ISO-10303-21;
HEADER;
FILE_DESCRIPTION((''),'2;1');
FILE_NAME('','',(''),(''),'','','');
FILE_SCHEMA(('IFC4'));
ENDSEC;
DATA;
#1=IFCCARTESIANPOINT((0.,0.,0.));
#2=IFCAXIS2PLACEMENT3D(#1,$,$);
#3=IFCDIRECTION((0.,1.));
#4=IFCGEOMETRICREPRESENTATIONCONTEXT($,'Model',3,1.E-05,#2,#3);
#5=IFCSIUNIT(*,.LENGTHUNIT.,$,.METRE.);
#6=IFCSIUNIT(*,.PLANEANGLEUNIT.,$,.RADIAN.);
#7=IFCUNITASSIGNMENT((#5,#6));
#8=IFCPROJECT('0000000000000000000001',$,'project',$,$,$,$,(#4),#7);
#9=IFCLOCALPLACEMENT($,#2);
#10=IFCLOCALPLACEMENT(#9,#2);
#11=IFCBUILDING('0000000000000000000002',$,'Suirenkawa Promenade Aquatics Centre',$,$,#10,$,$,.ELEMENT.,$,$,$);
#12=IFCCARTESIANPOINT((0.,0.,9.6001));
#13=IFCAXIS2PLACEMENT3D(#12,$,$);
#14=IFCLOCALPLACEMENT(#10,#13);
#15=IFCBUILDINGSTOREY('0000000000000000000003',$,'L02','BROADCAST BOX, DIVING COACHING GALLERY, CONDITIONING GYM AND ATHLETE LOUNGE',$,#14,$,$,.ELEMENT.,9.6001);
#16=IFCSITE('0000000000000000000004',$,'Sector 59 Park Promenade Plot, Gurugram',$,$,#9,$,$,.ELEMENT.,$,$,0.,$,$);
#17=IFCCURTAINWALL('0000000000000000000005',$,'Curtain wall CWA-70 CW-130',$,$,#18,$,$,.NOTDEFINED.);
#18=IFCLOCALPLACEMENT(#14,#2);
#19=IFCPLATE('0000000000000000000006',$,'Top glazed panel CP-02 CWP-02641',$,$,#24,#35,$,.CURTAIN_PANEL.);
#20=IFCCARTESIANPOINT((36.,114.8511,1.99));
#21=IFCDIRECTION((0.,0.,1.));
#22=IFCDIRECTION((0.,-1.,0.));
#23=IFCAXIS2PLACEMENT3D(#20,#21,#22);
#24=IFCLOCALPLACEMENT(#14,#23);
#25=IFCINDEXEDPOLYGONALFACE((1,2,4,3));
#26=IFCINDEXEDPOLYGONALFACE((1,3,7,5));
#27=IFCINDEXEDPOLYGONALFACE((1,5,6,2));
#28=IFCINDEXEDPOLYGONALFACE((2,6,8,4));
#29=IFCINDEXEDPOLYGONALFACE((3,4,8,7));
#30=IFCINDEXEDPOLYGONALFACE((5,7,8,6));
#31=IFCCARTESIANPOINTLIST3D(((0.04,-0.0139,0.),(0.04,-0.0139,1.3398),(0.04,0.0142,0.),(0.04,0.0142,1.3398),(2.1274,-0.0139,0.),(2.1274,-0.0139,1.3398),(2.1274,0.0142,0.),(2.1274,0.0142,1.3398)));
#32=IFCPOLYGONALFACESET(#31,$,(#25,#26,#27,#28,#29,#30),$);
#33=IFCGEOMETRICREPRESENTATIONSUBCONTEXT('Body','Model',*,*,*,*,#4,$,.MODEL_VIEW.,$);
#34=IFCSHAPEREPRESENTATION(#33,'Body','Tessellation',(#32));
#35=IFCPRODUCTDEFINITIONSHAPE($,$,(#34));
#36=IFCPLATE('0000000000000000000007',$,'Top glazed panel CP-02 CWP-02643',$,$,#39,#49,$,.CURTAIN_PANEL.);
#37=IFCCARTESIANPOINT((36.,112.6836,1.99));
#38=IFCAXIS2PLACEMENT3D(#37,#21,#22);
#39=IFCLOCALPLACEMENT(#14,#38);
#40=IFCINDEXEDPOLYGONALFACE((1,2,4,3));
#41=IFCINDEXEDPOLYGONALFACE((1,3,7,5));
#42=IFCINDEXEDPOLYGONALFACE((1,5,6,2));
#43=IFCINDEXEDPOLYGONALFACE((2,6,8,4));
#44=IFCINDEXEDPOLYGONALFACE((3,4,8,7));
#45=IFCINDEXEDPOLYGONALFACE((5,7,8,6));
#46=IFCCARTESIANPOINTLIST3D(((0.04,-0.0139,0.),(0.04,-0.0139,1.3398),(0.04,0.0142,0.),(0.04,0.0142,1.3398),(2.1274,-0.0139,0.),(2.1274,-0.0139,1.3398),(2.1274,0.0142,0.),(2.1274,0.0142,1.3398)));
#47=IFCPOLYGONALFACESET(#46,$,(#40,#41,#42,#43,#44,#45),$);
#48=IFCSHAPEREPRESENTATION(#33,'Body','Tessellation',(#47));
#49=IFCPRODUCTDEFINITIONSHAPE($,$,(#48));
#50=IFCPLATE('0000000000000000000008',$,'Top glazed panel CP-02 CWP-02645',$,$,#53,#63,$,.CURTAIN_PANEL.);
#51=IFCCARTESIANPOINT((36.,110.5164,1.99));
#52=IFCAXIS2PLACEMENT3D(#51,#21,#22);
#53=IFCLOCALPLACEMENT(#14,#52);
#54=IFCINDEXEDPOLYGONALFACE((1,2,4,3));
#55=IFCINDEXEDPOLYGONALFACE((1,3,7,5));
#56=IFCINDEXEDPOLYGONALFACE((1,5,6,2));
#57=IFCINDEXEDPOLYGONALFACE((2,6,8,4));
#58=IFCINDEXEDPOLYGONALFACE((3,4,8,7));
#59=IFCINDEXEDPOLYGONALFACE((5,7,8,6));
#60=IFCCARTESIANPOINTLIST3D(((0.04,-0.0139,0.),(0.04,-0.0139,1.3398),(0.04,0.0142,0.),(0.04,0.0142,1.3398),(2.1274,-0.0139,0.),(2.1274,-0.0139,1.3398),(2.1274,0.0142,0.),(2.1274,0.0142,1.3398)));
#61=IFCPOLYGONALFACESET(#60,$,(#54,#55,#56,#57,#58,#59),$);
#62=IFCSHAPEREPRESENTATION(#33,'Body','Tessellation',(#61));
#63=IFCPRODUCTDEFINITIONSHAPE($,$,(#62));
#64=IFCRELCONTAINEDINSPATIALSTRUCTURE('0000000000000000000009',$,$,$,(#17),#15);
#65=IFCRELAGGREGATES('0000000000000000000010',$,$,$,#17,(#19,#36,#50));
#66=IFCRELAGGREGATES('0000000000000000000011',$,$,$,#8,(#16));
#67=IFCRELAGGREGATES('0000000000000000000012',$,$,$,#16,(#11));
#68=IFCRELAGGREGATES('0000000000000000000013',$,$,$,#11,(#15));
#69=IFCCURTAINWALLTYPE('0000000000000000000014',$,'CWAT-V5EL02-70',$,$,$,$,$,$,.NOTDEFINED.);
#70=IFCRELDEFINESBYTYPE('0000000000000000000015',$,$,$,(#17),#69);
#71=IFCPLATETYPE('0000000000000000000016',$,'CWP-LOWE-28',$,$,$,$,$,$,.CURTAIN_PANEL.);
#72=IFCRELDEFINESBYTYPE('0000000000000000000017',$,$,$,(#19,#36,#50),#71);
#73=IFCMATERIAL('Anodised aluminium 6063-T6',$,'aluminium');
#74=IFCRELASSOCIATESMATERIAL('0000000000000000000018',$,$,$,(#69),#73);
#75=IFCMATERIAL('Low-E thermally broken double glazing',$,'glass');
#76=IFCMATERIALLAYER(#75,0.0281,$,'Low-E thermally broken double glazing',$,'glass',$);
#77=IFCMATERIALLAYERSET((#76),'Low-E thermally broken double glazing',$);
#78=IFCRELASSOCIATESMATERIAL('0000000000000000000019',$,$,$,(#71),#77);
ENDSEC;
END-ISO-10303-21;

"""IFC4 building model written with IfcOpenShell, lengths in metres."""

from ifc_helpers import new_model, si_unit, direction, frame, origin, place, context, subcontext, project, spatial, polyline, outline, extrude, material, layer, layer_set, type_object, element, aggregate, save


model = new_model("IFC4")

# Units and contexts
model_context = context("Model", 3, precision=1e-05, world=origin(), true_north=direction((0.0, 1.0)))
body_context = subcontext(model_context, "Body", "Model", "MODEL_VIEW")
ifc_project = project(units=[si_unit("LENGTHUNIT", "METRE"), si_unit("PLANEANGLEUNIT", "RADIAN")], contexts=[model_context])

# Site, building, storey
site_placement = place(None, origin())
site = spatial("IfcSite", under=ifc_project, at=site_placement, Name="Sector 59 Park Promenade Plot, Gurugram", CompositionType="ELEMENT", RefElevation=0.0)
building_placement = place(site_placement, origin())
building = spatial("IfcBuilding", under=site, at=building_placement, Name="Suirenkawa Promenade Aquatics Centre", CompositionType="ELEMENT")
storey_placement = place(building_placement, frame((0.0, 0.0, 9.6001)))
storey = spatial("IfcBuildingStorey", under=building, at=storey_placement, Name="L02", Description="BROADCAST BOX, DIVING COACHING GALLERY, CONDITIONING GYM AND ATHLETE LOUNGE", CompositionType="ELEMENT", Elevation=9.6001)

# Curtain wall
ifc_material_1 = material(Name="Anodised aluminium 6063-T6", Category="aluminium")
curtain_wall_type_1 = type_object("IfcCurtainWallType", Name="CWAT-V5EL02-70", PredefinedType="NOTDEFINED", material=ifc_material_1)
curtain_wall_1_placement = place(storey_placement, origin())
curtain_wall_1 = element("IfcCurtainWall", 1, at=curtain_wall_1_placement, inside=storey, type_object=curtain_wall_type_1, Name="Curtain wall CWA-70 CW-130", PredefinedType="NOTDEFINED")

# Plates
ifc_material_2 = material(Name="Low-E thermally broken double glazing", Category="glass")
ifc_layer_1 = layer(ifc_material_2, 0.0281, Name="Low-E thermally broken double glazing", Category="glass")
ifc_layer_set_1 = layer_set([ifc_layer_1], Name="Low-E thermally broken double glazing")
plate_type = type_object("IfcPlateType", Name="CWP-LOWE-28", PredefinedType="CURTAIN_PANEL", material=ifc_layer_set_1)
plate_1_placement = place(storey_placement, frame((36.0, 114.8511, 1.99), z_axis=(0.0, 0.0, 1.0), x_axis=(0.0, -1.0, 0.0)))
plate_1 = element("IfcPlate", 2, at=plate_1_placement, type_object=plate_type, Name="Top glazed panel CP-02 CWP-02641", PredefinedType="CURTAIN_PANEL", context=body_context, shape_type="SweptSolid", body=[
    extrude(outline(polyline([(0.04, 0.0), (2.1274, 0.0), (2.1274, 1.3398), (0.04, 1.3398), (0.04, 0.0)])), frame((0.0, 0.0142, 0.0), z_axis=(0.0, -1.0, 0.0), x_axis=(1.0, 0.0, 0.0)), (0.0, 0.0, 1.0), 0.0281),
])
plate_2_placement = place(storey_placement, frame((36.0, 112.6836, 1.99), z_axis=(0.0, 0.0, 1.0), x_axis=(0.0, -1.0, 0.0)))
plate_2 = element("IfcPlate", 3, at=plate_2_placement, type_object=plate_type, Name="Top glazed panel CP-02 CWP-02643", PredefinedType="CURTAIN_PANEL", context=body_context, shape_type="SweptSolid", body=[
    extrude(outline(polyline([(0.04, 0.0), (2.1274, 0.0), (2.1274, 1.3398), (0.04, 1.3398), (0.04, 0.0)])), frame((0.0, 0.0142, 0.0), z_axis=(0.0, -1.0, 0.0), x_axis=(1.0, 0.0, 0.0)), (0.0, 0.0, 1.0), 0.0281),
])
plate_3_placement = place(storey_placement, frame((36.0, 110.5164, 1.99), z_axis=(0.0, 0.0, 1.0), x_axis=(0.0, -1.0, 0.0)))
plate_3 = element("IfcPlate", 4, at=plate_3_placement, type_object=plate_type, Name="Top glazed panel CP-02 CWP-02645", PredefinedType="CURTAIN_PANEL", context=body_context, shape_type="SweptSolid", body=[
    extrude(outline(polyline([(0.04, 0.0), (2.1274, 0.0), (2.1274, 1.3398), (0.04, 1.3398), (0.04, 0.0)])), frame((0.0, 0.0142, 0.0), z_axis=(0.0, -1.0, 0.0), x_axis=(1.0, 0.0, 0.0)), (0.0, 0.0, 1.0), 0.0281),
])
aggregate(curtain_wall_1, [plate_1, plate_2, plate_3])

save(model, "model.ifc")
